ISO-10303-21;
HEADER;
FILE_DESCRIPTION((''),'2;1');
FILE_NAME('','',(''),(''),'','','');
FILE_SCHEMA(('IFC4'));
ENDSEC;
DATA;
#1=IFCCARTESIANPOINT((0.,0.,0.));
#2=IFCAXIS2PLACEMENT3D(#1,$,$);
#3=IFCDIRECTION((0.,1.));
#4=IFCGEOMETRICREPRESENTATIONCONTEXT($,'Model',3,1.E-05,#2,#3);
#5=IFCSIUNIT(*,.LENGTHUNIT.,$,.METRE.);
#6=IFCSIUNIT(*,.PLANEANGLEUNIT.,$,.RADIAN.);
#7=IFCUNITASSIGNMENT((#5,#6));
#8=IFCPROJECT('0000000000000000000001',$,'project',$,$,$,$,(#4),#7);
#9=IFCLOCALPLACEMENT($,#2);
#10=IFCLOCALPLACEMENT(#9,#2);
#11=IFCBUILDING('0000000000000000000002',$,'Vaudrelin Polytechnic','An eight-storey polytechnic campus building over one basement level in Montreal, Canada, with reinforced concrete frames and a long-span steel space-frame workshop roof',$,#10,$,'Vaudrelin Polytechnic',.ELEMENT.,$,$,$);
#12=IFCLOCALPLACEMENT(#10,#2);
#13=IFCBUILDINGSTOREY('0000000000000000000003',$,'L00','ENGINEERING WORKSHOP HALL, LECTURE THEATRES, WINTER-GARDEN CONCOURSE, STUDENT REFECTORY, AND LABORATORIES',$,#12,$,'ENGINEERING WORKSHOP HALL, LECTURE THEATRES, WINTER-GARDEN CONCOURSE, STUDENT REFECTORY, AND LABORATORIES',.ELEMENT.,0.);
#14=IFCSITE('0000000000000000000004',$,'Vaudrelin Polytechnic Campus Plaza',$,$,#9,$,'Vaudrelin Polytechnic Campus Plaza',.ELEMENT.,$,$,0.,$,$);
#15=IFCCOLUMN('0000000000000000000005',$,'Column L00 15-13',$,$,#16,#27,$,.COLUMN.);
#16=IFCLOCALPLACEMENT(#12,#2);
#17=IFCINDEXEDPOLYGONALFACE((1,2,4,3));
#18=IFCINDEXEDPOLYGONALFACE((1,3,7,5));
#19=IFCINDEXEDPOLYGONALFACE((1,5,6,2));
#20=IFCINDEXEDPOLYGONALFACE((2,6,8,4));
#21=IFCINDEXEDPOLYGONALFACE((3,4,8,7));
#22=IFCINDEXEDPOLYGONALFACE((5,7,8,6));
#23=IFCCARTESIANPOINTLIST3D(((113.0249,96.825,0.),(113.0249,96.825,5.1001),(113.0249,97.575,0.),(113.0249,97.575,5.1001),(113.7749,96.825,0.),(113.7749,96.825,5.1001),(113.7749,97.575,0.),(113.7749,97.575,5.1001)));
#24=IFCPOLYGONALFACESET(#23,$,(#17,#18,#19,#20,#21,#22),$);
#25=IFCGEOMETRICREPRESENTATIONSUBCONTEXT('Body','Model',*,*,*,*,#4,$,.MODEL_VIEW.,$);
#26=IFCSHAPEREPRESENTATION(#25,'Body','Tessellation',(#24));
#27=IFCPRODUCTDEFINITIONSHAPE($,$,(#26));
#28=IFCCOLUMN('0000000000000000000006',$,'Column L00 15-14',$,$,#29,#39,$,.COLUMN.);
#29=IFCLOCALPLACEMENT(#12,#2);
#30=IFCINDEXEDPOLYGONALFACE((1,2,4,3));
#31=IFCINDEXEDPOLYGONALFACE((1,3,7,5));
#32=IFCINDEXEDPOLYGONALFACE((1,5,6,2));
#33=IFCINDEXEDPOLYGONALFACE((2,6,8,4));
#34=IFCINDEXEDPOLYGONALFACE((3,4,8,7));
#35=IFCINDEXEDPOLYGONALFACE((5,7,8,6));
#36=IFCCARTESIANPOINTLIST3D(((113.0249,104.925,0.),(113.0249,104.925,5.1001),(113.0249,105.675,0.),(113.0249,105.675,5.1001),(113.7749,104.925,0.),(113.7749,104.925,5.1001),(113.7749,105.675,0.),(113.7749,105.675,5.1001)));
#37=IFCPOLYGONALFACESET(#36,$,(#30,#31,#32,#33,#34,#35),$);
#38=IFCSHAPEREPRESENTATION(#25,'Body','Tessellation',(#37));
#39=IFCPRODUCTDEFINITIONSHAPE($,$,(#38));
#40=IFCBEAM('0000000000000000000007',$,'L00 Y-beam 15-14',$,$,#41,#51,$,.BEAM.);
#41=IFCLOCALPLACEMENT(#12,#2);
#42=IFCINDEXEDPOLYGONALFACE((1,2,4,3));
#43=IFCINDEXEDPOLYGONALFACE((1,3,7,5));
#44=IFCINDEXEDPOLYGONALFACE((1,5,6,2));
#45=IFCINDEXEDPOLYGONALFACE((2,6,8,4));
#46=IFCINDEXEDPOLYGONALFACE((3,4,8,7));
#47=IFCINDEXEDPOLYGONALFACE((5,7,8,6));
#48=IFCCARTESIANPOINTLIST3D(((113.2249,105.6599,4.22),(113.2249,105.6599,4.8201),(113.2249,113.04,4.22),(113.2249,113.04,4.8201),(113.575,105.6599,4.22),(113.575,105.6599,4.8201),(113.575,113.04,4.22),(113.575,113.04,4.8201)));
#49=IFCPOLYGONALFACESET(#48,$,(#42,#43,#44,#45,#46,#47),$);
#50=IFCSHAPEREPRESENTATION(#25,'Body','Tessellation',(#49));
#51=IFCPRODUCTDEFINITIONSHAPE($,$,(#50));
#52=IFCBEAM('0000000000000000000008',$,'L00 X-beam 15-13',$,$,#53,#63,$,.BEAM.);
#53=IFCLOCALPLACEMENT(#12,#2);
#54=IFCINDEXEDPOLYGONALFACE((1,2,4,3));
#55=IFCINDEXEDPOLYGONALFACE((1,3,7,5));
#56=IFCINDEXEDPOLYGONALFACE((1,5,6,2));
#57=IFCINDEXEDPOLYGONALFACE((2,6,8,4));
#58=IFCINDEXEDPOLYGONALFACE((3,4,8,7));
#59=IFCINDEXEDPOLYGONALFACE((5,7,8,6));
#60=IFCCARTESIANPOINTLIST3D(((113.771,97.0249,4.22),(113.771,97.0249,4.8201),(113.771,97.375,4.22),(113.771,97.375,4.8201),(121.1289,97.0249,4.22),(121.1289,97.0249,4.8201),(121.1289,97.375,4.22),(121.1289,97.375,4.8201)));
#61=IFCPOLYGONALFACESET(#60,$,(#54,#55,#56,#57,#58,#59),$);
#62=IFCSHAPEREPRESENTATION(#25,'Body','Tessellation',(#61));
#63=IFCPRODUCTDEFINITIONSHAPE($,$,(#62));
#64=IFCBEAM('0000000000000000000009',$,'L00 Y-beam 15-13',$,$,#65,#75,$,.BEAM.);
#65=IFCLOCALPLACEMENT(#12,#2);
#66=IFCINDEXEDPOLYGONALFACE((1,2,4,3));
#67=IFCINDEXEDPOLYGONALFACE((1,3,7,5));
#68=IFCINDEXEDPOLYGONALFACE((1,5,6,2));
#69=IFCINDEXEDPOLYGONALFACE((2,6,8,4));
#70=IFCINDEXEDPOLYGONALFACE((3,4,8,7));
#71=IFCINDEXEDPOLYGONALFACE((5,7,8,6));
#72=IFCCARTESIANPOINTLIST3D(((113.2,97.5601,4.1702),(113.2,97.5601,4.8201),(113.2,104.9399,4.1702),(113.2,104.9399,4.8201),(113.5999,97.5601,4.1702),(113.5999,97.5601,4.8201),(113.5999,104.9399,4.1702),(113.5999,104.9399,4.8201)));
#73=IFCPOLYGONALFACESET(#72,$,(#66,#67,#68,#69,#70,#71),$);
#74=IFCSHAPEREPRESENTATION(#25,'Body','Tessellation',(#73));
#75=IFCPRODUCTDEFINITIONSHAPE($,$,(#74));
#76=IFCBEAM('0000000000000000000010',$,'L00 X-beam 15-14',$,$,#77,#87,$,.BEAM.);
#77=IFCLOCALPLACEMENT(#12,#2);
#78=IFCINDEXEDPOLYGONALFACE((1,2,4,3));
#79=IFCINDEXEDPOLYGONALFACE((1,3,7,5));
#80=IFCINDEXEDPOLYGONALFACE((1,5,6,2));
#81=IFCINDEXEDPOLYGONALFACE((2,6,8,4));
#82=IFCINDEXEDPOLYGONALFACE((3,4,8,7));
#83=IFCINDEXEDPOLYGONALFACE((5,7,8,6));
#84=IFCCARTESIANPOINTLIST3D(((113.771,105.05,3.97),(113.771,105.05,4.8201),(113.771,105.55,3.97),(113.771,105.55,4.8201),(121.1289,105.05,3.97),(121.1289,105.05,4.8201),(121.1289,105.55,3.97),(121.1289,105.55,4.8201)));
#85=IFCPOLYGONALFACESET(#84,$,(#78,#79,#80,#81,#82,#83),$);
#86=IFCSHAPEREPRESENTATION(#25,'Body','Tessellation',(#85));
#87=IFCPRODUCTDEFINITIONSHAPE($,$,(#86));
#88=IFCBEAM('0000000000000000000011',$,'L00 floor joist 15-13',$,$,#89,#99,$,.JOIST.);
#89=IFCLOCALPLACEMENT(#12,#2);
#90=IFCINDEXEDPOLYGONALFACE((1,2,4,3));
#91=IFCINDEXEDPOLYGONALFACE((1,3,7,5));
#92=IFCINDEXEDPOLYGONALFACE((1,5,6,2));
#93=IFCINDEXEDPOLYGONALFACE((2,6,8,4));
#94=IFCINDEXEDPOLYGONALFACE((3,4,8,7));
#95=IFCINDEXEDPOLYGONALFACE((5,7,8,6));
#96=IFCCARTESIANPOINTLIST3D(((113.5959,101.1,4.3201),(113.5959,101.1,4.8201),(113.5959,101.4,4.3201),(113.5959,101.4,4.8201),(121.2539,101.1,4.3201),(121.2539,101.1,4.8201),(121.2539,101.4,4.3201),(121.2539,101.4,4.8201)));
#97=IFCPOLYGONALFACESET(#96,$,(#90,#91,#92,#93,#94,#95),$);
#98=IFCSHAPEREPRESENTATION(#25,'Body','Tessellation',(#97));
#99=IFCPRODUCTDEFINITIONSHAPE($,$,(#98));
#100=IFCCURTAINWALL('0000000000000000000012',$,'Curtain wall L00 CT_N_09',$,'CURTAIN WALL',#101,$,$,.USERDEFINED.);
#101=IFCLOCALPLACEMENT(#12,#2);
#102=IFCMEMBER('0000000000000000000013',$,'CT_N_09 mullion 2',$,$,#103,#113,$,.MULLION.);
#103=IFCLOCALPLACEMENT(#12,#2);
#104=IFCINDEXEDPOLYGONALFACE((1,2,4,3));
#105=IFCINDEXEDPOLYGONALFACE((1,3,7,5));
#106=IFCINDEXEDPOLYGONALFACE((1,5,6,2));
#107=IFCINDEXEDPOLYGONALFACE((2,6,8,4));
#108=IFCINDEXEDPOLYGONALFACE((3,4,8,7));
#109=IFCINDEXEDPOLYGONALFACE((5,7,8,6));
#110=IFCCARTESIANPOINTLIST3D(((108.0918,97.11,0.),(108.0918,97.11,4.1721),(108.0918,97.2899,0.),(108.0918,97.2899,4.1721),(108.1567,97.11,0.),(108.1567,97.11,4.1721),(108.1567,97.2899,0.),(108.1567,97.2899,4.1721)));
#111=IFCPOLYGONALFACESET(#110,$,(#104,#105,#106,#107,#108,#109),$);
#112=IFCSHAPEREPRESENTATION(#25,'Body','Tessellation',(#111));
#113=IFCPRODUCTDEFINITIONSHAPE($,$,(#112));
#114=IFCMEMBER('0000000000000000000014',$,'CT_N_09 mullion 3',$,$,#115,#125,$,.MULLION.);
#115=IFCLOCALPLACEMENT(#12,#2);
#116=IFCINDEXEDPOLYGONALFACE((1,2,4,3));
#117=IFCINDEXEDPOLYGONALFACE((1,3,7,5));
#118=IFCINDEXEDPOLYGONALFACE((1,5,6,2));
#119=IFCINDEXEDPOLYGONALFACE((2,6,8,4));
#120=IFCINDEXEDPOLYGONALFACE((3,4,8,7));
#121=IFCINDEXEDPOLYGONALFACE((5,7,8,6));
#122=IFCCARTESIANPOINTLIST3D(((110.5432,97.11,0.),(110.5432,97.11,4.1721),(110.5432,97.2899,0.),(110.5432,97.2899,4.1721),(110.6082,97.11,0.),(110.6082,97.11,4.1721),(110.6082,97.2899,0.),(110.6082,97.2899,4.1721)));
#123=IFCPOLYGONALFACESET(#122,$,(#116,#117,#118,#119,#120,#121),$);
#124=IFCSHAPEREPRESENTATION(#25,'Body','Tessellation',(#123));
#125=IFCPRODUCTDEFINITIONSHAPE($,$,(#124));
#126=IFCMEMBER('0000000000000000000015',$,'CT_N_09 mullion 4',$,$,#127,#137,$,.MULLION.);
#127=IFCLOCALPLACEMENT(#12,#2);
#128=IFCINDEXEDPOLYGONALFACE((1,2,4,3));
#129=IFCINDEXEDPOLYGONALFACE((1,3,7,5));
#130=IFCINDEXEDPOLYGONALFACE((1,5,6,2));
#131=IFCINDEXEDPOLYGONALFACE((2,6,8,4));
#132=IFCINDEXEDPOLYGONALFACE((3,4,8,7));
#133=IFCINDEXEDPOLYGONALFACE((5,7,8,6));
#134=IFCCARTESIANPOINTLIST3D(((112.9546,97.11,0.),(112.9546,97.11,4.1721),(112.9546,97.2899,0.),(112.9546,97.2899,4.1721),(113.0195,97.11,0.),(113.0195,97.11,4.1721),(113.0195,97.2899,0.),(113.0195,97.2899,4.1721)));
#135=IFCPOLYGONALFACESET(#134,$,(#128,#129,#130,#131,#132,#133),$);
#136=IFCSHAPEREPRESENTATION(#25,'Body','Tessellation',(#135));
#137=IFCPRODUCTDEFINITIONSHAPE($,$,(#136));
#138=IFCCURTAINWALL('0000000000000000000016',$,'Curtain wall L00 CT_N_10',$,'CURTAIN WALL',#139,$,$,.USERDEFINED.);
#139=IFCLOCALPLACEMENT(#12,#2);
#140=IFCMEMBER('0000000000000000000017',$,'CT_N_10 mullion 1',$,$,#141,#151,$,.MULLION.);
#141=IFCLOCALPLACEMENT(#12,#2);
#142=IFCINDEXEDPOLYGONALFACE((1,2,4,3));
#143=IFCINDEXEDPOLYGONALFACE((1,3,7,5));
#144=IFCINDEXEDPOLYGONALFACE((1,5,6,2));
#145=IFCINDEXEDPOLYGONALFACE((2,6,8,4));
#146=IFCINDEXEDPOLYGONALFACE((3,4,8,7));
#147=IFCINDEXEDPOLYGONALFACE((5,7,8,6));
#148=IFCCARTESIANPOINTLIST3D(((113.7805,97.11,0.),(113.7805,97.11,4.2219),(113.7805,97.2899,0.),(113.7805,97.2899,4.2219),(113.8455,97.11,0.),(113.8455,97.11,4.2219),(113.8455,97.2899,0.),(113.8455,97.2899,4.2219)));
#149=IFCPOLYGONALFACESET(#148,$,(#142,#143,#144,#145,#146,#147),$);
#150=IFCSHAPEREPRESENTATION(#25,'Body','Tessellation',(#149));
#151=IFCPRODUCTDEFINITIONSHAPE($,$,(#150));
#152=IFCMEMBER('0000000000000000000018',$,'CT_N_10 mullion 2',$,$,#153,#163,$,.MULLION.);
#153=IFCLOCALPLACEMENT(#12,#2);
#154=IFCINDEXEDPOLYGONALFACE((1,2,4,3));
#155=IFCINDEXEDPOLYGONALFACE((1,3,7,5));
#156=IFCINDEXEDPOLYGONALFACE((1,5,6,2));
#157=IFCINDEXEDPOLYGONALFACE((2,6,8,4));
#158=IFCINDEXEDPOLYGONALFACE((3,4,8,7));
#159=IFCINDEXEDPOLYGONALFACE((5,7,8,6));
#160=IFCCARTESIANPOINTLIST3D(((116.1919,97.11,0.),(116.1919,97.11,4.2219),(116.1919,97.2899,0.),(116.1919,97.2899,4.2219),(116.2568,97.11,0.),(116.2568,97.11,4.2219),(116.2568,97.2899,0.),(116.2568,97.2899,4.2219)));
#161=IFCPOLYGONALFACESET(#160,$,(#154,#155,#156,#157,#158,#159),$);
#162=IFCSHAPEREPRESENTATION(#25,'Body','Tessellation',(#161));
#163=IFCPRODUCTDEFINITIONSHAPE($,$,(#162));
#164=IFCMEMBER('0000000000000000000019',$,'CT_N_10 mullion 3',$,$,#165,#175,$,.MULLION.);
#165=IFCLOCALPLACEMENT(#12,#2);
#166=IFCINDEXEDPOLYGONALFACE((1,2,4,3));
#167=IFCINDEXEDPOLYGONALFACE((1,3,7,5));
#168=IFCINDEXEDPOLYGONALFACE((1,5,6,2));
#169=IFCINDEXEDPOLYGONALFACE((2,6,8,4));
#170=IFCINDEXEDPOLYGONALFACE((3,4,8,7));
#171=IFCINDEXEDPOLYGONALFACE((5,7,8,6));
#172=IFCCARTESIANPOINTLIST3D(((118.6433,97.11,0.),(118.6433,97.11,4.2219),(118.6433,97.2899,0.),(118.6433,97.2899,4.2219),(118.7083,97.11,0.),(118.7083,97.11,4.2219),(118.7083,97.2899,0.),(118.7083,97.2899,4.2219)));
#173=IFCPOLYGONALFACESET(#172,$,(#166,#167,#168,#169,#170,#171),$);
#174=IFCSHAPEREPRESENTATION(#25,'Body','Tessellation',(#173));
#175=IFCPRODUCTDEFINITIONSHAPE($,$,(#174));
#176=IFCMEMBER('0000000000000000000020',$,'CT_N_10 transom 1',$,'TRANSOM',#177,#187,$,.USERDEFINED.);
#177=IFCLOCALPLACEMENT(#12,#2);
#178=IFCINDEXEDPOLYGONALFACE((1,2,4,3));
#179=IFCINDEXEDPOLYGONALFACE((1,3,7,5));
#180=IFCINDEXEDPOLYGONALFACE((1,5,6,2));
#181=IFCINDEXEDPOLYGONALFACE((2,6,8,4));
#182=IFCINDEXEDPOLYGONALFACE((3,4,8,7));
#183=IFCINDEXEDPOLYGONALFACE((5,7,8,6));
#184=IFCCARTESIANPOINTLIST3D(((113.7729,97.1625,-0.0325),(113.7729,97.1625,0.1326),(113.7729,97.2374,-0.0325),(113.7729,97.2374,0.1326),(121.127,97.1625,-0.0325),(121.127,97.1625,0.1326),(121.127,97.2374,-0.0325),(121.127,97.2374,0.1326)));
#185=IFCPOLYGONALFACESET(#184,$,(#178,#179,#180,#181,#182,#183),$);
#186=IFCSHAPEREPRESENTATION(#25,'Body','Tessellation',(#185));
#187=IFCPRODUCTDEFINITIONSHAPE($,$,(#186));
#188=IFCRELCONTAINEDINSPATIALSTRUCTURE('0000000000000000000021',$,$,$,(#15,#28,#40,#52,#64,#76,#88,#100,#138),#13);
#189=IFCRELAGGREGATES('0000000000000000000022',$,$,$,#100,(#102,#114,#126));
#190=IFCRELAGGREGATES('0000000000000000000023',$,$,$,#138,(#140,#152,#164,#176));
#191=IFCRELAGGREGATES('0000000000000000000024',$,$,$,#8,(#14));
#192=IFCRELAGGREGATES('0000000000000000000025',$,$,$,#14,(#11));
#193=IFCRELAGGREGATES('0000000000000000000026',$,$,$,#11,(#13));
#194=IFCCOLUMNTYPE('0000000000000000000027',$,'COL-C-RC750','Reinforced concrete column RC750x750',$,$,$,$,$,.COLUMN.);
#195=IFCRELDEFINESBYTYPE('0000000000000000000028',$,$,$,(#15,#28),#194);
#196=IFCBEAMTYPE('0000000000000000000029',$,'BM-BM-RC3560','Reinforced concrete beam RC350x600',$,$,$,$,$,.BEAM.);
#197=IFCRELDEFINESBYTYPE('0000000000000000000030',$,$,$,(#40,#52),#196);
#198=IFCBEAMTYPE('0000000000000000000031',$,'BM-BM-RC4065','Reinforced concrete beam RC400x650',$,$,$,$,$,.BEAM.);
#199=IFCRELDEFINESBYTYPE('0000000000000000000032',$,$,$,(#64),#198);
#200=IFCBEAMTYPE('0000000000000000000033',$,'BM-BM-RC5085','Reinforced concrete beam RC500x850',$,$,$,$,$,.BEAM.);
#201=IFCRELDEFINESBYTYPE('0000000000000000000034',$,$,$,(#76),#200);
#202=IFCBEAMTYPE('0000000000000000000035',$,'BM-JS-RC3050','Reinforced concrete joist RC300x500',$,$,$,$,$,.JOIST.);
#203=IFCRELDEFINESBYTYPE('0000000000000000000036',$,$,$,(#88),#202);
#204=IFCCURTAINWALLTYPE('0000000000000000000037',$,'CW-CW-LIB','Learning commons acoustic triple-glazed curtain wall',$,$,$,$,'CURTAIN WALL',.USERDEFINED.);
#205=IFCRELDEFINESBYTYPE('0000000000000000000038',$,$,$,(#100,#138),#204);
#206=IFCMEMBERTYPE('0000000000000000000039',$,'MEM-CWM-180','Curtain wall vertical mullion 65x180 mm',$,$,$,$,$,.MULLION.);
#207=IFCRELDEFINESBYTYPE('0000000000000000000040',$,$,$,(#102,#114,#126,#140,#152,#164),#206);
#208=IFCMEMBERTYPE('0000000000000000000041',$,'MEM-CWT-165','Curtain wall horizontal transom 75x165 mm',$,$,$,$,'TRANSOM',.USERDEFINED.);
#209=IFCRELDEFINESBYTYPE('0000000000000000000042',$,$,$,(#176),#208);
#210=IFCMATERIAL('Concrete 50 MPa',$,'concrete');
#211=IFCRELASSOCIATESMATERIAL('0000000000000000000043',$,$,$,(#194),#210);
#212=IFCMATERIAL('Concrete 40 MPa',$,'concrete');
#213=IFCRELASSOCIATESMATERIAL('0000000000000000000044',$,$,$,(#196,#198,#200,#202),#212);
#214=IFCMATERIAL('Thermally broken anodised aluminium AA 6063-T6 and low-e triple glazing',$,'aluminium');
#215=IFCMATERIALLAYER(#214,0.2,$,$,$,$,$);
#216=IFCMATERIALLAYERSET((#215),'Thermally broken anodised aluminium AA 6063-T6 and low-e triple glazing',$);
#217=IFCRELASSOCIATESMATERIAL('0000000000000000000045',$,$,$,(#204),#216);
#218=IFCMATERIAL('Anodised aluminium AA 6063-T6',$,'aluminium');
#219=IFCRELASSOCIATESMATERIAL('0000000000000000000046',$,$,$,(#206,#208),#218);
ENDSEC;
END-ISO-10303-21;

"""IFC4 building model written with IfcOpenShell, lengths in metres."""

from ifc_helpers import new_model, si_unit, direction, frame, origin, origin_2d, place, context, subcontext, project, spatial, rectangle, extrude, material, layer, layer_set, material_profile, profile_set, type_object, element, aggregate, save


model = new_model("IFC4")

# Units and contexts
model_context = context("Model", 3, precision=1e-05, world=origin(), true_north=direction((0.0, 1.0)))
body_context = subcontext(model_context, "Body", "Model", "MODEL_VIEW")
ifc_project = project(units=[si_unit("LENGTHUNIT", "METRE"), si_unit("PLANEANGLEUNIT", "RADIAN")], contexts=[model_context])

# Site, building, storey
site_placement = place(None, origin())
site = spatial("IfcSite", under=ifc_project, at=site_placement, Name="Vaudrelin Polytechnic Campus Plaza", LongName="Vaudrelin Polytechnic Campus Plaza", CompositionType="ELEMENT", RefElevation=0.0)
building_placement = place(site_placement, origin())
building = spatial("IfcBuilding", under=site, at=building_placement, Name="Vaudrelin Polytechnic", Description="An eight-storey polytechnic campus building over one basement level in Montreal, Canada, with reinforced concrete frames and a long-span steel space-frame workshop roof", LongName="Vaudrelin Polytechnic", CompositionType="ELEMENT")
storey_placement = place(building_placement, origin())
storey = spatial("IfcBuildingStorey", under=building, at=storey_placement, Name="L00", Description="ENGINEERING WORKSHOP HALL, LECTURE THEATRES, WINTER-GARDEN CONCOURSE, STUDENT REFECTORY, AND LABORATORIES", LongName="ENGINEERING WORKSHOP HALL, LECTURE THEATRES, WINTER-GARDEN CONCOURSE, STUDENT REFECTORY, AND LABORATORIES", CompositionType="ELEMENT", Elevation=0.0)

# Columns
ifc_material_1 = material(Name="Concrete 50 MPa", Category="concrete")
ifc_material_profile_1 = material_profile(ifc_material_1, rectangle(XDim=0.75, YDim=0.75, at=origin_2d()), Name="RC750x750")
ifc_profile_set_1 = profile_set([ifc_material_profile_1], Name="Concrete 50 MPa")
column_type = type_object("IfcColumnType", Name="COL-C-RC750", Description="Reinforced concrete column RC750x750", PredefinedType="COLUMN", material=ifc_profile_set_1)
for number, where, z_axis, x_axis, name in (
    (1, (113.3999, 97.2, 0.0), (0.0, 0.0, 1.0), (1.0, 0.0, 0.0), "Column L00 15-13"),
    (2, (113.3999, 105.3, 0.0), (0.0, 0.0, 1.0), (1.0, 0.0, 0.0), "Column L00 15-14"),
):
    element("IfcColumn", number, at=place(storey_placement, frame(where, z_axis=z_axis, x_axis=x_axis)), inside=storey, type_object=column_type, Name=name, PredefinedType="COLUMN", context=body_context, shape_type="SweptSolid", body=[
        extrude(rectangle(XDim=0.75, YDim=0.75, at=origin_2d()), origin(), (0.0, 0.0, 1.0), 5.1001),
    ])

# Beams
ifc_material_2 = material(Name="Concrete 40 MPa", Category="concrete")
ifc_material_profile_2 = material_profile(ifc_material_2, rectangle(XDim=0.3501, YDim=0.6001, at=origin_2d()), Name="RC350x600")
ifc_profile_set_2 = profile_set([ifc_material_profile_2], Name="Concrete 40 MPa")
beam_type_1 = type_object("IfcBeamType", Name="BM-BM-RC3560", Description="Reinforced concrete beam RC350x600", PredefinedType="BEAM", material=ifc_profile_set_2)
beam_1_placement = place(storey_placement, frame((113.3999, 105.6599, 4.52), z_axis=(0.0, 1.0, 0.0), x_axis=(-1.0, 0.0, 0.0)))
element("IfcBeam", 3, at=beam_1_placement, inside=storey, type_object=beam_type_1, Name="L00 Y-beam 15-14", PredefinedType="BEAM", context=body_context, shape_type="SweptSolid", body=[
    extrude(rectangle(XDim=0.3501, YDim=0.6001, at=origin_2d()), origin(), (0.0, 0.0, 1.0), 7.3801),
])
beam_2_placement = place(storey_placement, frame((113.771, 97.2, 4.52), z_axis=(1.0, 0.0, 0.0), x_axis=(0.0, 1.0, 0.0)))
element("IfcBeam", 4, at=beam_2_placement, inside=storey, type_object=beam_type_1, Name="L00 X-beam 15-13", PredefinedType="BEAM", context=body_context, shape_type="SweptSolid", body=[
    extrude(rectangle(XDim=0.3501, YDim=0.6001, at=origin_2d()), origin(), (0.0, 0.0, 1.0), 7.3579),
])
ifc_material_profile_3 = material_profile(ifc_material_2, rectangle(XDim=0.3999, YDim=0.6499, at=origin_2d()), Name="RC400x650")
ifc_profile_set_3 = profile_set([ifc_material_profile_3], Name="Concrete 40 MPa")
beam_type_2 = type_object("IfcBeamType", Name="BM-BM-RC4065", Description="Reinforced concrete beam RC400x650", PredefinedType="BEAM", material=ifc_profile_set_3)
beam_3_placement = place(storey_placement, frame((113.3999, 97.5601, 4.4951), z_axis=(0.0, 1.0, 0.0), x_axis=(-1.0, 0.0, 0.0)))
element("IfcBeam", 5, at=beam_3_placement, inside=storey, type_object=beam_type_2, Name="L00 Y-beam 15-13", PredefinedType="BEAM", context=body_context, shape_type="SweptSolid", body=[
    extrude(rectangle(XDim=0.3999, YDim=0.6499, at=origin_2d()), origin(), (0.0, 0.0, 1.0), 7.3799),
])
ifc_material_profile_4 = material_profile(ifc_material_2, rectangle(XDim=0.5, YDim=0.8501, at=origin_2d()), Name="RC500x850")
ifc_profile_set_4 = profile_set([ifc_material_profile_4], Name="Concrete 40 MPa")
beam_type_3 = type_object("IfcBeamType", Name="BM-BM-RC5085", Description="Reinforced concrete beam RC500x850", PredefinedType="BEAM", material=ifc_profile_set_4)
beam_4_placement = place(storey_placement, frame((113.771, 105.3, 4.395), z_axis=(1.0, 0.0, 0.0), x_axis=(0.0, 1.0, 0.0)))
element("IfcBeam", 6, at=beam_4_placement, inside=storey, type_object=beam_type_3, Name="L00 X-beam 15-14", PredefinedType="BEAM", context=body_context, shape_type="SweptSolid", body=[
    extrude(rectangle(XDim=0.5, YDim=0.8501, at=origin_2d()), origin(), (0.0, 0.0, 1.0), 7.3579),
])
ifc_material_profile_5 = material_profile(ifc_material_2, rectangle(XDim=0.3, YDim=0.5, at=origin_2d()), Name="RC300x500")
ifc_profile_set_5 = profile_set([ifc_material_profile_5], Name="Concrete 40 MPa")
beam_type_4 = type_object("IfcBeamType", Name="BM-JS-RC3050", Description="Reinforced concrete joist RC300x500", PredefinedType="JOIST", material=ifc_profile_set_5)
beam_5_placement = place(storey_placement, frame((113.5959, 101.25, 4.5701), z_axis=(1.0, 0.0, 0.0), x_axis=(0.0, 1.0, 0.0)))
element("IfcBeam", 7, at=beam_5_placement, inside=storey, type_object=beam_type_4, Name="L00 floor joist 15-13", PredefinedType="JOIST", context=body_context, shape_type="SweptSolid", body=[
    extrude(rectangle(XDim=0.3, YDim=0.5, at=origin_2d()), origin(), (0.0, 0.0, 1.0), 7.658),
])

# Curtain walls, members
ifc_material_3 = material(Name="Thermally broken anodised aluminium AA 6063-T6 and low-e triple glazing", Category="aluminium")
ifc_layer_1 = layer(ifc_material_3, 0.2)
ifc_layer_set_1 = layer_set([ifc_layer_1], Name="Thermally broken anodised aluminium AA 6063-T6 and low-e triple glazing")
curtain_wall_type = type_object("IfcCurtainWallType", Name="CW-CW-LIB", Description="Learning commons acoustic triple-glazed curtain wall", ElementType="CURTAIN WALL", PredefinedType="USERDEFINED", material=ifc_layer_set_1)
curtain_wall_1_placement = place(storey_placement, origin())
curtain_wall_1 = element("IfcCurtainWall", 8, at=curtain_wall_1_placement, inside=storey, type_object=curtain_wall_type, Name="Curtain wall L00 CT_N_09", ObjectType="CURTAIN WALL", PredefinedType="USERDEFINED")
ifc_material_4 = material(Name="Anodised aluminium AA 6063-T6", Category="aluminium")
ifc_material_profile_6 = material_profile(ifc_material_4, rectangle(XDim=0.0649, YDim=0.1799, at=origin_2d()), Name="CWM-65x180")
ifc_profile_set_6 = profile_set([ifc_material_profile_6], Name="Anodised aluminium AA 6063-T6")
member_type_1 = type_object("IfcMemberType", Name="MEM-CWM-180", Description="Curtain wall vertical mullion 65x180 mm", PredefinedType="MULLION", material=ifc_profile_set_6)
member_1_placement = place(storey_placement, frame((108.1243, 97.2, 0.0), z_axis=(0.0, 0.0, 1.0), x_axis=(1.0, 0.0, 0.0)))
member_1 = element("IfcMember", 9, at=member_1_placement, type_object=member_type_1, Name="CT_N_09 mullion 2", PredefinedType="MULLION", context=body_context, shape_type="SweptSolid", body=[
    extrude(rectangle(XDim=0.0649, YDim=0.1799, at=origin_2d()), origin(), (0.0, 0.0, 1.0), 4.1721),
])
member_2_placement = place(storey_placement, frame((110.5757, 97.2, 0.0), z_axis=(0.0, 0.0, 1.0), x_axis=(1.0, 0.0, 0.0)))
member_2 = element("IfcMember", 10, at=member_2_placement, type_object=member_type_1, Name="CT_N_09 mullion 3", PredefinedType="MULLION", context=body_context, shape_type="SweptSolid", body=[
    extrude(rectangle(XDim=0.0649, YDim=0.1799, at=origin_2d()), origin(), (0.0, 0.0, 1.0), 4.1721),
])
member_3_placement = place(storey_placement, frame((112.9871, 97.2, 0.0), z_axis=(0.0, 0.0, 1.0), x_axis=(1.0, 0.0, 0.0)))
member_3 = element("IfcMember", 11, at=member_3_placement, type_object=member_type_1, Name="CT_N_09 mullion 4", PredefinedType="MULLION", context=body_context, shape_type="SweptSolid", body=[
    extrude(rectangle(XDim=0.0649, YDim=0.1799, at=origin_2d()), origin(), (0.0, 0.0, 1.0), 4.1721),
])
curtain_wall_2_placement = place(storey_placement, origin())
curtain_wall_2 = element("IfcCurtainWall", 12, at=curtain_wall_2_placement, inside=storey, type_object=curtain_wall_type, Name="Curtain wall L00 CT_N_10", ObjectType="CURTAIN WALL", PredefinedType="USERDEFINED")
member_4_placement = place(storey_placement, frame((113.813, 97.2, 0.0), z_axis=(0.0, 0.0, 1.0), x_axis=(1.0, 0.0, 0.0)))
member_4 = element("IfcMember", 13, at=member_4_placement, type_object=member_type_1, Name="CT_N_10 mullion 1", PredefinedType="MULLION", context=body_context, shape_type="SweptSolid", body=[
    extrude(rectangle(XDim=0.0649, YDim=0.1799, at=origin_2d()), origin(), (0.0, 0.0, 1.0), 4.2219),
])
member_5_placement = place(storey_placement, frame((116.2244, 97.2, 0.0), z_axis=(0.0, 0.0, 1.0), x_axis=(1.0, 0.0, 0.0)))
member_5 = element("IfcMember", 14, at=member_5_placement, type_object=member_type_1, Name="CT_N_10 mullion 2", PredefinedType="MULLION", context=body_context, shape_type="SweptSolid", body=[
    extrude(rectangle(XDim=0.0649, YDim=0.1799, at=origin_2d()), origin(), (0.0, 0.0, 1.0), 4.2219),
])
member_6_placement = place(storey_placement, frame((118.6758, 97.2, 0.0), z_axis=(0.0, 0.0, 1.0), x_axis=(1.0, 0.0, 0.0)))
member_6 = element("IfcMember", 15, at=member_6_placement, type_object=member_type_1, Name="CT_N_10 mullion 3", PredefinedType="MULLION", context=body_context, shape_type="SweptSolid", body=[
    extrude(rectangle(XDim=0.0649, YDim=0.1799, at=origin_2d()), origin(), (0.0, 0.0, 1.0), 4.2219),
])
ifc_material_profile_7 = material_profile(ifc_material_4, rectangle(XDim=0.075, YDim=0.165, at=origin_2d()), Name="CWT-75x165")
ifc_profile_set_7 = profile_set([ifc_material_profile_7], Name="Anodised aluminium AA 6063-T6")
member_type_2 = type_object("IfcMemberType", Name="MEM-CWT-165", Description="Curtain wall horizontal transom 75x165 mm", ElementType="TRANSOM", PredefinedType="USERDEFINED", material=ifc_profile_set_7)
member_7_placement = place(storey_placement, frame((113.7729, 97.2, 0.05), z_axis=(1.0, 0.0, 0.0), x_axis=(0.0, 1.0, 0.0)))
member_7 = element("IfcMember", 16, at=member_7_placement, type_object=member_type_2, Name="CT_N_10 transom 1", ObjectType="TRANSOM", PredefinedType="USERDEFINED", context=body_context, shape_type="SweptSolid", body=[
    extrude(rectangle(XDim=0.075, YDim=0.165, at=origin_2d()), origin(), (0.0, 0.0, 1.0), 7.354),
])

aggregate(curtain_wall_1, [member_1, member_2, member_3])
aggregate(curtain_wall_2, [member_4, member_5, member_6, member_7])

save(model, "model.ifc")
